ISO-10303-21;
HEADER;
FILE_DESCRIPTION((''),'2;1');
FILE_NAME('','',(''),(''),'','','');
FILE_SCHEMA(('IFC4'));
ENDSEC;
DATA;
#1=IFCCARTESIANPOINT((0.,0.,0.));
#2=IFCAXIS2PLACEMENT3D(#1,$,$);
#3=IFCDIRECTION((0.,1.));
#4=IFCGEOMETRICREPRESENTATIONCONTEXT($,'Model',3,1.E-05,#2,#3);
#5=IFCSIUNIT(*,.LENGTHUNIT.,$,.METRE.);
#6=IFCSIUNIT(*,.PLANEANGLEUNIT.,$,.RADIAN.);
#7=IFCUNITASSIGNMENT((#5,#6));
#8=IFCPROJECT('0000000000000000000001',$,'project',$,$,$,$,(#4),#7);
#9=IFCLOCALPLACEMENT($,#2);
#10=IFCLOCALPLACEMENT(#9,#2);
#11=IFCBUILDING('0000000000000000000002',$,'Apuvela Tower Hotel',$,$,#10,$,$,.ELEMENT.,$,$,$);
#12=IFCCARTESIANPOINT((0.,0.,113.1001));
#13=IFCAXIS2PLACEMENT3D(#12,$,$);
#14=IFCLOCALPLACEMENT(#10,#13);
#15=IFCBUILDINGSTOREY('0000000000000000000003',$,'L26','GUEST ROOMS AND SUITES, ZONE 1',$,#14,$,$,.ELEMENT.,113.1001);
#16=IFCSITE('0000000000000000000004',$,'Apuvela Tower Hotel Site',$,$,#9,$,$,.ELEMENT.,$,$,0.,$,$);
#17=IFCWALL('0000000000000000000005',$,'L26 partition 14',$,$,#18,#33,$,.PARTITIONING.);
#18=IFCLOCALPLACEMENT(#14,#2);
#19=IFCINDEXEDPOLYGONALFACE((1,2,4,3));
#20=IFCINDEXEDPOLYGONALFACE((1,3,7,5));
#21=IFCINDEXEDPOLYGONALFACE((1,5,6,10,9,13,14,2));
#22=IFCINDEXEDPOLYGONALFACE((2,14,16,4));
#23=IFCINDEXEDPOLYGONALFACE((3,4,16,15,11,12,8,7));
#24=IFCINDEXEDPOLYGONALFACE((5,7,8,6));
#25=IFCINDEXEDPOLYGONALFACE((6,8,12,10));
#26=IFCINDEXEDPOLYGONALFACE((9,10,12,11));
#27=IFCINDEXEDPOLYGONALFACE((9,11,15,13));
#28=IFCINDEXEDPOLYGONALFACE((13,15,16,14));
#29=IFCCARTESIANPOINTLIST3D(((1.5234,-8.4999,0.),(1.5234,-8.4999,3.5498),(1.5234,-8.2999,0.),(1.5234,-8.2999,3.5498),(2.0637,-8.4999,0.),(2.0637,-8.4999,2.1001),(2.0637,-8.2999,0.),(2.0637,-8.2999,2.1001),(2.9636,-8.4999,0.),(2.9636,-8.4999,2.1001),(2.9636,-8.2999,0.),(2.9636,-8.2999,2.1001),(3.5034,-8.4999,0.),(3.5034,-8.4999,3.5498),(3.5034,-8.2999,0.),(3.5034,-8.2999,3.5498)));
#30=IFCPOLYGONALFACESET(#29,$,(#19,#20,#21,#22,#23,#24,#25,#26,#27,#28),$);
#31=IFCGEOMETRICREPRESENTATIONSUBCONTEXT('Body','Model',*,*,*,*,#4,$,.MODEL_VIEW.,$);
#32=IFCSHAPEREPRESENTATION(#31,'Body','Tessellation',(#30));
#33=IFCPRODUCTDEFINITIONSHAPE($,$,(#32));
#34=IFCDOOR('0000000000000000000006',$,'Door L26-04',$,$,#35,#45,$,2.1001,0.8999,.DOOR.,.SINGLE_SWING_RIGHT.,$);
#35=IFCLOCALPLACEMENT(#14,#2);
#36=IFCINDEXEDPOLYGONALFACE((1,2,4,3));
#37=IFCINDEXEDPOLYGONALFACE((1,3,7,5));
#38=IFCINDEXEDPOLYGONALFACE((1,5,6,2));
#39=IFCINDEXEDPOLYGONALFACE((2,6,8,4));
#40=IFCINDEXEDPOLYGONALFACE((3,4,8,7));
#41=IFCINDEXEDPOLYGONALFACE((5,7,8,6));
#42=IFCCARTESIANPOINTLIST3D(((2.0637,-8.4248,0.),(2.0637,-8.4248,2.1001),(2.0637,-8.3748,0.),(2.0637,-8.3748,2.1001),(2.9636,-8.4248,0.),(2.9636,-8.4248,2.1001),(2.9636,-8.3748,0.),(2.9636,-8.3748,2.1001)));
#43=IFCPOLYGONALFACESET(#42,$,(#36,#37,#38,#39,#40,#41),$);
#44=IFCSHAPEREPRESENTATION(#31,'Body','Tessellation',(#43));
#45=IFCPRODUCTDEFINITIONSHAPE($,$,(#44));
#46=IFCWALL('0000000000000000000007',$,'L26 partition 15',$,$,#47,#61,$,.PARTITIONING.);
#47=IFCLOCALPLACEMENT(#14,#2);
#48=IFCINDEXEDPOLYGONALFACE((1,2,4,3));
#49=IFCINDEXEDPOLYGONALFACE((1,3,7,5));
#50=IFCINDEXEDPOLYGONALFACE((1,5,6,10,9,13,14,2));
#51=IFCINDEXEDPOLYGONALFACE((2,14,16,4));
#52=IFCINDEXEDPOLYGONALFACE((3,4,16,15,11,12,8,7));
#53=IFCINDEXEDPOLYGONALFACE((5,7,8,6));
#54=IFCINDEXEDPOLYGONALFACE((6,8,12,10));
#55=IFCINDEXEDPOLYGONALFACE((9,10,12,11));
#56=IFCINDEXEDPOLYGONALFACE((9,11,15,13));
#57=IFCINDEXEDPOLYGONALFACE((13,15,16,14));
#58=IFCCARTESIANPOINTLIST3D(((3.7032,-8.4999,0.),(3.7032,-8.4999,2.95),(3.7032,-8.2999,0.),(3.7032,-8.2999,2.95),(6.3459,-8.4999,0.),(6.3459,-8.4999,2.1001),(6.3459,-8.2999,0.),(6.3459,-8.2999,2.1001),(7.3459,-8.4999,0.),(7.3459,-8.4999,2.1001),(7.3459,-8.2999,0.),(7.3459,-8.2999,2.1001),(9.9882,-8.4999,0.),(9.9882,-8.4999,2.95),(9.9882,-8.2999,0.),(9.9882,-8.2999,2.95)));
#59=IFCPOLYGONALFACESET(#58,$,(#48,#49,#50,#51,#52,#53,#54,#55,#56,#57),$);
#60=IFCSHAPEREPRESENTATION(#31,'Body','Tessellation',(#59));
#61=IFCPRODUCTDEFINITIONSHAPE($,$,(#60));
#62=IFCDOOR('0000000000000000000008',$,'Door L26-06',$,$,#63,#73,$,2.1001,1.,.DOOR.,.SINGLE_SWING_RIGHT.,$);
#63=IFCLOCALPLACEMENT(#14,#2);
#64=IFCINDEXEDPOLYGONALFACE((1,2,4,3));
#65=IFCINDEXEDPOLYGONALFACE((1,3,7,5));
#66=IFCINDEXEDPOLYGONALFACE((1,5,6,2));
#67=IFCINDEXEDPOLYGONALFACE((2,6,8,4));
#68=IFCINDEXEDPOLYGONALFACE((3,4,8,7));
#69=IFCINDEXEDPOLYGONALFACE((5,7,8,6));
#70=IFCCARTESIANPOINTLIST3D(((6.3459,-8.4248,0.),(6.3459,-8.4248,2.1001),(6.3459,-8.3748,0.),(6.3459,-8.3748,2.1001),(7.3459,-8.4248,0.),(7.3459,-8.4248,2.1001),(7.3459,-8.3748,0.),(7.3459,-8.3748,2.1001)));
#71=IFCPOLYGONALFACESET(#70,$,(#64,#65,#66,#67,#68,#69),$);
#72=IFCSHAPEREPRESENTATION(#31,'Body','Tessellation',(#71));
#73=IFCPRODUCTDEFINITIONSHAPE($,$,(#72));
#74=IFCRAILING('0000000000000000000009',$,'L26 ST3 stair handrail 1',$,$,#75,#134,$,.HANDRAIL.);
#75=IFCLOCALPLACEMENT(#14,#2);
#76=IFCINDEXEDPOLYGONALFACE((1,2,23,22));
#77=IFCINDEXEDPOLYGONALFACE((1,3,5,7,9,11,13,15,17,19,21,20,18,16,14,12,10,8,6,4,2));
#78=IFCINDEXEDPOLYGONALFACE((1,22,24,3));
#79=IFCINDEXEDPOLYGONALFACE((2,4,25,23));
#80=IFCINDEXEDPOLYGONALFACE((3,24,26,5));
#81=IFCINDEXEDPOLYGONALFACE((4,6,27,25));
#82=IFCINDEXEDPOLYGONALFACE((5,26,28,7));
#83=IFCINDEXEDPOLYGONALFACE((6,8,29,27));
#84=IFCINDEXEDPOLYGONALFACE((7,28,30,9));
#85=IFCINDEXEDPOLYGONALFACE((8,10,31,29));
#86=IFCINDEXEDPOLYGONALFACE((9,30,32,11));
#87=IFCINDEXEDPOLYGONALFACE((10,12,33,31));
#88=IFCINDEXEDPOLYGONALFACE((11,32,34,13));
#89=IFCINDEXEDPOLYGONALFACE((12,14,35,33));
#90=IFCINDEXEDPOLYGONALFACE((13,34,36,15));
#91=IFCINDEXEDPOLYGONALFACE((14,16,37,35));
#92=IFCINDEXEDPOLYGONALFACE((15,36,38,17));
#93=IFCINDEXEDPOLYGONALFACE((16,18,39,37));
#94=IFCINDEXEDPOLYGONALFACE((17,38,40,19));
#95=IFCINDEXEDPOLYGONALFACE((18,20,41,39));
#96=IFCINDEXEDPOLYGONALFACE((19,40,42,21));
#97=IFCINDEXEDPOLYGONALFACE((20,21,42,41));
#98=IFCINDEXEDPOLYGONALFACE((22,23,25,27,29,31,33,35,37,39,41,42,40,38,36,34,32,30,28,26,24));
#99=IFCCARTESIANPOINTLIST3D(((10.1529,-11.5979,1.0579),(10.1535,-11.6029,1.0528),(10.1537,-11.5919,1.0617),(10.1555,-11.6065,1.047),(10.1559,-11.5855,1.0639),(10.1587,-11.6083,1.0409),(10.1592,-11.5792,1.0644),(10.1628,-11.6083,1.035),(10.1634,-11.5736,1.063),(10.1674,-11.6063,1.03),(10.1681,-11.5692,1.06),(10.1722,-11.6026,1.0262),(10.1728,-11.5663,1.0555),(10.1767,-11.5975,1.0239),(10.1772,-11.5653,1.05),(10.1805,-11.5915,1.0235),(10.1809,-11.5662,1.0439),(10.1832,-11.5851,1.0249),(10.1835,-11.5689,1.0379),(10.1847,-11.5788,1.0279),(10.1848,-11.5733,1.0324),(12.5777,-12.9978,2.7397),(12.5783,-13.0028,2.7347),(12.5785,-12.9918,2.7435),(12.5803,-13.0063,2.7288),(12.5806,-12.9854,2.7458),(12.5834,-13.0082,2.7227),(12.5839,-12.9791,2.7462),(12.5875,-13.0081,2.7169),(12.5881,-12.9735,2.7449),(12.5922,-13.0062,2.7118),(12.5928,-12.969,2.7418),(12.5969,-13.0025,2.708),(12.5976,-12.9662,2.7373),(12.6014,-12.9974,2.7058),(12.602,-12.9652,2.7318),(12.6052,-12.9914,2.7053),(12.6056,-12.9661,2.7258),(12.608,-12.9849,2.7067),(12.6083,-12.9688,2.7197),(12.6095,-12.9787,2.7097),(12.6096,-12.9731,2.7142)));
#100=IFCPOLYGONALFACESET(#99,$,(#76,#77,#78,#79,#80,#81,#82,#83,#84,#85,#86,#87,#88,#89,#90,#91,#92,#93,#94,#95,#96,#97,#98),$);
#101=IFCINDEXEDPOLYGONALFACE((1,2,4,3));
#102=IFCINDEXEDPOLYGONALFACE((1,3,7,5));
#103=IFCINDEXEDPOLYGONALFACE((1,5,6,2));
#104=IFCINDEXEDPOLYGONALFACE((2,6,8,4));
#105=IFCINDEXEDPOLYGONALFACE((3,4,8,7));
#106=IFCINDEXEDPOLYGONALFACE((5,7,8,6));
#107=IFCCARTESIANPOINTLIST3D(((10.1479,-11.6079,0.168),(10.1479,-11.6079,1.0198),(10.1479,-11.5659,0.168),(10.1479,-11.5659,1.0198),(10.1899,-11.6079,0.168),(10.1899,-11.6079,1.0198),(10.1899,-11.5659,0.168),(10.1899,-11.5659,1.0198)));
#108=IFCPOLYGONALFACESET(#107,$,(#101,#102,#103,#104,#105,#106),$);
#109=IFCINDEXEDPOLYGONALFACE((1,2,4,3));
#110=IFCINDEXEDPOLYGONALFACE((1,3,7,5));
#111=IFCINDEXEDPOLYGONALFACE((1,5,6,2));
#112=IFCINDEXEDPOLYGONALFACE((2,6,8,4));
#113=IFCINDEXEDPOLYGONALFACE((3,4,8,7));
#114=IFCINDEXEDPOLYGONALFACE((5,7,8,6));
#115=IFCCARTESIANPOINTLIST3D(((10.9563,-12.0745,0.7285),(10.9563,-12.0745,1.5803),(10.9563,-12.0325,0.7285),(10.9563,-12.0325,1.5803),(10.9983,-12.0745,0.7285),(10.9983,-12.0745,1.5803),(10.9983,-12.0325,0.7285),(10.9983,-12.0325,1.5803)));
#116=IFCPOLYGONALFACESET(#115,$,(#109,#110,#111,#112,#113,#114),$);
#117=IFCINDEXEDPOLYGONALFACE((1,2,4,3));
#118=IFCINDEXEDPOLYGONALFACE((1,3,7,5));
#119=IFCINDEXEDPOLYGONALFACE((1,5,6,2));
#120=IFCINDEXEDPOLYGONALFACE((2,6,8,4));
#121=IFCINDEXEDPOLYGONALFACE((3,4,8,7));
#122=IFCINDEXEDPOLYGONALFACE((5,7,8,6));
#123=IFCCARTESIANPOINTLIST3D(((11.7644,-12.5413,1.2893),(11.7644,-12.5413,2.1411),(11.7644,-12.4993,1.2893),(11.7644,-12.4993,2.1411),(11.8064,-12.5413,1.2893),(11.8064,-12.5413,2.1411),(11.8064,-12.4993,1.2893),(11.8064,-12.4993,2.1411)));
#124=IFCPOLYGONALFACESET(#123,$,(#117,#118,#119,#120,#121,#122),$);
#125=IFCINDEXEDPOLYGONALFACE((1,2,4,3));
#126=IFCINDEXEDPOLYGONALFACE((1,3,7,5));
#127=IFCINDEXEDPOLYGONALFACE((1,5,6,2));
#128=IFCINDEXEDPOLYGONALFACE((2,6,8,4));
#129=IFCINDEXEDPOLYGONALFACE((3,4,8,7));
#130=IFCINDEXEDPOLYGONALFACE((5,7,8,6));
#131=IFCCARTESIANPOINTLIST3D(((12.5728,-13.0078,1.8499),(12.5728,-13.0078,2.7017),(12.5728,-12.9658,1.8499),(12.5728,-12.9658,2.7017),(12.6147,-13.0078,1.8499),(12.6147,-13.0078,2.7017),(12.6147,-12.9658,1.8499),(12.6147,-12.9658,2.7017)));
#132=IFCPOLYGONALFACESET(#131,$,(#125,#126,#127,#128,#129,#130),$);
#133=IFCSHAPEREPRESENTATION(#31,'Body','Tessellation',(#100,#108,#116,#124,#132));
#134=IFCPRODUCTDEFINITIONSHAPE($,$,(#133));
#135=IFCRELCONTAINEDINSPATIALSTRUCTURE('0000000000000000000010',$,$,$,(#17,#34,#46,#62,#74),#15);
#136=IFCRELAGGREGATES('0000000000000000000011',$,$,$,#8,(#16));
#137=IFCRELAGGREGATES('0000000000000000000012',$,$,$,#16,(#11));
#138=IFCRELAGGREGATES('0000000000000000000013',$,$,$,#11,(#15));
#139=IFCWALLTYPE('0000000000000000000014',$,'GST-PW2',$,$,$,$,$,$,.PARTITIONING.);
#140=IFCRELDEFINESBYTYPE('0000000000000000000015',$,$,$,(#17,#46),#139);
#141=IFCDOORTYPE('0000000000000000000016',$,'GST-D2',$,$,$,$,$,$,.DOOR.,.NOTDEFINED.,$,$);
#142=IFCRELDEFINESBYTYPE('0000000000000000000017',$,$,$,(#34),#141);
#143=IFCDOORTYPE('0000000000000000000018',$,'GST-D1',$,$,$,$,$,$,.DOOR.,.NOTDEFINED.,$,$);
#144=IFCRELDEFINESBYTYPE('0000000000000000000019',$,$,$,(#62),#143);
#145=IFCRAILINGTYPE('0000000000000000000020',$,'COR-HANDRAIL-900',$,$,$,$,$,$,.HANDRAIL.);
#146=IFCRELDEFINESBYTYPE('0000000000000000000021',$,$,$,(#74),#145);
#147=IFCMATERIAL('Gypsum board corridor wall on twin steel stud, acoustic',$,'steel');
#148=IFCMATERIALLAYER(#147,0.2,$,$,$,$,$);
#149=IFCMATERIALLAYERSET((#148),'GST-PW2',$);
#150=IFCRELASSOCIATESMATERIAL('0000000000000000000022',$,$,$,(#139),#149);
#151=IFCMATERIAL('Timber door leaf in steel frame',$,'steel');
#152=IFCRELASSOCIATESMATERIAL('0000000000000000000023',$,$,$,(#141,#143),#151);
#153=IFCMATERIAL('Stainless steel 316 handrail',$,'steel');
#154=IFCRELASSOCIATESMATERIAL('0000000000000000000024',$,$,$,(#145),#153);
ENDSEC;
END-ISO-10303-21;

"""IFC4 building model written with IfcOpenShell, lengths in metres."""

from ifc_helpers import new_model, si_unit, direction, frame, frame_2d, origin, origin_2d, place, context, subcontext, project, spatial, rectangle, circle, extrude, material, layer, layer_set, type_object, element, fill, save


model = new_model("IFC4")

# Units and contexts
model_context = context("Model", 3, precision=1e-05, world=origin(), true_north=direction((0.0, 1.0)))
body_context = subcontext(model_context, "Body", "Model", "MODEL_VIEW")
ifc_project = project(units=[si_unit("LENGTHUNIT", "METRE"), si_unit("PLANEANGLEUNIT", "RADIAN")], contexts=[model_context])

# Site, building, storey
site_placement = place(None, origin())
site = spatial("IfcSite", under=ifc_project, at=site_placement, Name="Apuvela Tower Hotel Site", CompositionType="ELEMENT", RefElevation=0.0)
building_placement = place(site_placement, origin())
building = spatial("IfcBuilding", under=site, at=building_placement, Name="Apuvela Tower Hotel", CompositionType="ELEMENT")
storey_placement = place(building_placement, frame((0.0, 0.0, 113.1001)))
storey = spatial("IfcBuildingStorey", under=building, at=storey_placement, Name="L26", Description="GUEST ROOMS AND SUITES, ZONE 1", CompositionType="ELEMENT", Elevation=113.1001)

# Walls, openings, doors
ifc_material_1 = material(Name="Gypsum board corridor wall on twin steel stud, acoustic", Category="steel")
ifc_layer_1 = layer(ifc_material_1, 0.2)
ifc_layer_set_1 = layer_set([ifc_layer_1], Name="GST-PW2")
wall_type_1 = type_object("IfcWallType", Name="GST-PW2", PredefinedType="PARTITIONING", material=ifc_layer_set_1)
ifc_material_2 = material(Name="Timber door leaf in steel frame", Category="steel")
door_type_1 = type_object("IfcDoorType", Name="GST-D2", OperationType="NOTDEFINED", PredefinedType="DOOR", material=ifc_material_2)
wall_1_placement = place(storey_placement, frame((3.5034, -8.3999, 0.0), z_axis=(0.0, 0.0, 1.0), x_axis=(-1.0, 0.0, 0.0)))
wall_1 = element("IfcWall", 1, at=wall_1_placement, inside=storey, type_object=wall_type_1, Name="L26 partition 14", PredefinedType="PARTITIONING", context=body_context, shape_type="SweptSolid", body=[
    extrude(rectangle(XDim=1.98, YDim=0.2, at=frame_2d((0.99, 0.0))), origin(), (0.0, 0.0, 1.0), 3.5498),
])
opening_1_placement = place(wall_1_placement, frame((0.5398, 0.0, 0.0)))
opening_1 = element("IfcOpeningElement", 2, at=opening_1_placement, cuts=wall_1, PredefinedType="OPENING", context=body_context, shape_type="SweptSolid", body=[
    extrude(rectangle(XDim=0.8999, YDim=2.1001, at=frame_2d((0.45, 1.05))), frame((0.0, 0.1099, 0.0), z_axis=(0.0, -1.0, 0.0), x_axis=(1.0, 0.0, 0.0)), (0.0, 0.0, 1.0), 0.22),
])
door_1_placement = place(opening_1_placement, origin())
door_1 = element("IfcDoor", 3, at=door_1_placement, inside=storey, type_object=door_type_1, Name="Door L26-04", OperationType="SINGLE_SWING_RIGHT", OverallHeight=2.1001, OverallWidth=0.8999, PredefinedType="DOOR", context=body_context, shape_type="SweptSolid", body=[
    extrude(rectangle(XDim=0.8999, YDim=2.1001, at=frame_2d((0.45, 1.05))), frame((0.0, 0.0249, 0.0), z_axis=(0.0, -1.0, 0.0), x_axis=(1.0, 0.0, 0.0)), (0.0, 0.0, 1.0), 0.05),
])
fill(opening_1, door_1)
wall_2_placement = place(storey_placement, frame((9.9883, -8.3999, 0.0), z_axis=(0.0, 0.0, 1.0), x_axis=(-1.0, 0.0, 0.0)))
wall_2 = element("IfcWall", 4, at=wall_2_placement, inside=storey, type_object=wall_type_1, Name="L26 partition 15", PredefinedType="PARTITIONING", context=body_context, shape_type="SweptSolid", body=[
    extrude(rectangle(XDim=6.2849, YDim=0.2, at=frame_2d((3.1426, 0.0))), origin(), (0.0, 0.0, 1.0), 2.95),
])
opening_2_placement = place(wall_2_placement, frame((2.6423, 0.0, 0.0)))
opening_2 = element("IfcOpeningElement", 5, at=opening_2_placement, cuts=wall_2, PredefinedType="OPENING", context=body_context, shape_type="SweptSolid", body=[
    extrude(rectangle(XDim=1.0, YDim=2.1001, at=frame_2d((0.5, 1.05))), frame((0.0, 0.1099, 0.0), z_axis=(0.0, -1.0, 0.0), x_axis=(1.0, 0.0, 0.0)), (0.0, 0.0, 1.0), 0.22),
])
door_type_2 = type_object("IfcDoorType", Name="GST-D1", OperationType="NOTDEFINED", PredefinedType="DOOR", material=ifc_material_2)
door_2_placement = place(opening_2_placement, origin())
door_2 = element("IfcDoor", 6, at=door_2_placement, inside=storey, type_object=door_type_2, Name="Door L26-06", OperationType="SINGLE_SWING_RIGHT", OverallHeight=2.1001, OverallWidth=1.0, PredefinedType="DOOR", context=body_context, shape_type="SweptSolid", body=[
    extrude(rectangle(XDim=1.0, YDim=2.1001, at=frame_2d((0.5, 1.05))), frame((0.0, 0.0249, 0.0), z_axis=(0.0, -1.0, 0.0), x_axis=(1.0, 0.0, 0.0)), (0.0, 0.0, 1.0), 0.05),
])
fill(opening_2, door_2)

# Railing
ifc_material_3 = material(Name="Stainless steel 316 handrail", Category="steel")
railing_type_1 = type_object("IfcRailingType", Name="COR-HANDRAIL-900", PredefinedType="HANDRAIL", material=ifc_material_3)
railing_1_placement = place(storey_placement, frame((10.1689, -11.5869, 0.168)))
element("IfcRailing", 7, at=railing_1_placement, inside=storey, type_object=railing_type_1, Name="L26 ST3 stair handrail 1", PredefinedType="HANDRAIL", context=body_context, shape_type="SweptSolid", body=[
    extrude(circle(Radius=0.0239, at=origin_2d()), frame((0.0, 0.0, 0.876), z_axis=(0.74239, -0.428601, 0.514934), x_axis=(0.499984, 0.866035, 0.0)), (0.0, 0.0, 1.0), 3.2661),
    extrude(rectangle(XDim=0.042, YDim=0.042, at=origin_2d()), origin(), (0.0, 0.0, 1.0), 0.8518),
    extrude(rectangle(XDim=0.042, YDim=0.042, at=origin_2d()), frame((0.8083, -0.4666, 0.5605)), (0.0, 0.0, 1.0), 0.8518),
    extrude(rectangle(XDim=0.042, YDim=0.042, at=origin_2d()), frame((1.6165, -0.9333, 1.1213)), (0.0, 0.0, 1.0), 0.8518),
    extrude(rectangle(XDim=0.042, YDim=0.042, at=origin_2d()), frame((2.4248, -1.3999, 1.6819)), (0.0, 0.0, 1.0), 0.8518),
])

save(model, "model.ifc")
